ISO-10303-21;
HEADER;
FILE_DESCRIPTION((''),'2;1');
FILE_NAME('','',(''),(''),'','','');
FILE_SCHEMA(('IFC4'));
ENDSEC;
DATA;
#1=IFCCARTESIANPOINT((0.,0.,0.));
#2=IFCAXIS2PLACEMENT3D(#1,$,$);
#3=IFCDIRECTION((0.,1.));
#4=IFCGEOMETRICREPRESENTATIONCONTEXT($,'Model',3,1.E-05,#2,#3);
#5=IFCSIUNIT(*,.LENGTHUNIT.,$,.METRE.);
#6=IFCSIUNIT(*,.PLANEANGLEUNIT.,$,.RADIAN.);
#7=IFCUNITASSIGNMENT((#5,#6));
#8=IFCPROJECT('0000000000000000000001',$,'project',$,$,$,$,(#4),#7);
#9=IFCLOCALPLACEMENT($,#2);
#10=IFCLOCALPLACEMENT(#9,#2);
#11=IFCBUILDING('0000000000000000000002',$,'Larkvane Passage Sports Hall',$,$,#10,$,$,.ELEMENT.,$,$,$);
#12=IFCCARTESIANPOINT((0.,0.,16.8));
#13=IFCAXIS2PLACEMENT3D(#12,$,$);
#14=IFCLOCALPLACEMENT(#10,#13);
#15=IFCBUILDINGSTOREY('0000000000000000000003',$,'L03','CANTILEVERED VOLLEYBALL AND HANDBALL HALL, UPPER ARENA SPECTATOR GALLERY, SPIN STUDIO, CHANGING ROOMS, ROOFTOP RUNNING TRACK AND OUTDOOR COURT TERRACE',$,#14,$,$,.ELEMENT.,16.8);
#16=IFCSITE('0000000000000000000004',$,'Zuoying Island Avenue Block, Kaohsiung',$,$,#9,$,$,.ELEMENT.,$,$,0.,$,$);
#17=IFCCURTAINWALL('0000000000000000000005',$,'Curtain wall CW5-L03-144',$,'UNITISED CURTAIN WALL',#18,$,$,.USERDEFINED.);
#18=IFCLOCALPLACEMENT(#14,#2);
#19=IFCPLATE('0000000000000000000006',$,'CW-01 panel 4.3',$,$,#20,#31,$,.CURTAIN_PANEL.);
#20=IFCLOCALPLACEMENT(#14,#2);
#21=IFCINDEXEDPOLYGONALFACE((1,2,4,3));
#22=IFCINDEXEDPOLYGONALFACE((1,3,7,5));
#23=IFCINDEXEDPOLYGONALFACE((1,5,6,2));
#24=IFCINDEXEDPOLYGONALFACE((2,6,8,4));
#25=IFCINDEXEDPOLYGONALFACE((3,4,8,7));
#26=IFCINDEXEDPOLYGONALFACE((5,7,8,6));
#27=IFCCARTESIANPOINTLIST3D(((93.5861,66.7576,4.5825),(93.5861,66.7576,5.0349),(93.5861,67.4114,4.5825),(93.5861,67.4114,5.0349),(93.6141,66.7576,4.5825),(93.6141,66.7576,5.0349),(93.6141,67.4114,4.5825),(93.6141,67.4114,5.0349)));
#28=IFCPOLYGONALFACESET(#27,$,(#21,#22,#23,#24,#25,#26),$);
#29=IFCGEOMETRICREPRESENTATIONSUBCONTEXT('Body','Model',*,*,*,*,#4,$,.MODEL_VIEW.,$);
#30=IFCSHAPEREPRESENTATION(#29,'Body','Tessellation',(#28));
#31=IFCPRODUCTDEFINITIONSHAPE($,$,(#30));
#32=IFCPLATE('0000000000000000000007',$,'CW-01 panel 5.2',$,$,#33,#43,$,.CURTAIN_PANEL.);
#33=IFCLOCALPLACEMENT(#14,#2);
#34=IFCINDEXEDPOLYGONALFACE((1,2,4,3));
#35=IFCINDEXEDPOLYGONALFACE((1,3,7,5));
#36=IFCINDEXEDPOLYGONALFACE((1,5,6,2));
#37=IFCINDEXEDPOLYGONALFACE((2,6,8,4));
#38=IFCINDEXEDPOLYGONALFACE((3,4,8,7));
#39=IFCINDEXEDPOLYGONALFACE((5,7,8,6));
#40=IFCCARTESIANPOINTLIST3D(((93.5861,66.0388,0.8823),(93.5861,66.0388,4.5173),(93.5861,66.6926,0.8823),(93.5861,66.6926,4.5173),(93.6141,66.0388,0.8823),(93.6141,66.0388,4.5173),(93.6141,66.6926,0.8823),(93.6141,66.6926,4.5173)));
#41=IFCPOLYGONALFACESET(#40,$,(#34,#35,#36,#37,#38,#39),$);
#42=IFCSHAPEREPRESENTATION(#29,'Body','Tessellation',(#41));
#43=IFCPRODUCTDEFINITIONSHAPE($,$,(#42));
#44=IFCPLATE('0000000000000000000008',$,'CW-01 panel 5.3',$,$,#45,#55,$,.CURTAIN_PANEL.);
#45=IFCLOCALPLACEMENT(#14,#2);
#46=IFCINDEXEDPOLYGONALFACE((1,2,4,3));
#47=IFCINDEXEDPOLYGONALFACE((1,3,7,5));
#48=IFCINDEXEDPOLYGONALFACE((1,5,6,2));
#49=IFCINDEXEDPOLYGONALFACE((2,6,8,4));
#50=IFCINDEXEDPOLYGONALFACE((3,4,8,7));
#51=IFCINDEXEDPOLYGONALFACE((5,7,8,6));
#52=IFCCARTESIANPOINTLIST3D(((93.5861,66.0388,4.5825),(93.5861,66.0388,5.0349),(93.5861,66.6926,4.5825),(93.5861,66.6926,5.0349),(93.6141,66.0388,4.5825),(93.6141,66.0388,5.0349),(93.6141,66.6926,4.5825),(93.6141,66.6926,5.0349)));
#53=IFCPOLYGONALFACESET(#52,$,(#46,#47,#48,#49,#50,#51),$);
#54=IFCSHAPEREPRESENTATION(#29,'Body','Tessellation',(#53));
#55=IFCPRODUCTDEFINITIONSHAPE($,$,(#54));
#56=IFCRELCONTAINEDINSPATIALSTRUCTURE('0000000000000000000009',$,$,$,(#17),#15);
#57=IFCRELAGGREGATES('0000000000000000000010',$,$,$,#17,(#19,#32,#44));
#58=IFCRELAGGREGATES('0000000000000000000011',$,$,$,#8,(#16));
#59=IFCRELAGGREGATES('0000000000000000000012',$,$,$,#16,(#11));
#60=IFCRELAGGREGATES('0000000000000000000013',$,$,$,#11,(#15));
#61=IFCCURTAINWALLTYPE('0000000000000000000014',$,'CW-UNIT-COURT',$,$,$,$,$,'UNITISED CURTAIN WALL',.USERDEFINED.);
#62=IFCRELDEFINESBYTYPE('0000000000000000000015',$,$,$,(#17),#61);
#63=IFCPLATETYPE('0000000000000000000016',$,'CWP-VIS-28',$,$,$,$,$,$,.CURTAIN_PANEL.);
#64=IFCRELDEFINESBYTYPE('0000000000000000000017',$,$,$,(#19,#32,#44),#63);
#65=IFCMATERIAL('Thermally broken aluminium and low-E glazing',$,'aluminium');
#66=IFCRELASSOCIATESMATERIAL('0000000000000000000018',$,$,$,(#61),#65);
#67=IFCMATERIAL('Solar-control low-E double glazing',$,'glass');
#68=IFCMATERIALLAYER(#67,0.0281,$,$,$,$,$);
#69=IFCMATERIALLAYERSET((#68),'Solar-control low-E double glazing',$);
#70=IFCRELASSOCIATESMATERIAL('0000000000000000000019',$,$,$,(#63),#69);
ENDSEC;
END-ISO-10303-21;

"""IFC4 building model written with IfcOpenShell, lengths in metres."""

from ifc_helpers import new_model, si_unit, direction, frame, origin, origin_2d, place, context, subcontext, project, spatial, rectangle, extrude, material, layer, layer_set, type_object, element, aggregate, save


model = new_model("IFC4")

# Units and contexts
model_context = context("Model", 3, precision=1e-05, world=origin(), true_north=direction((0.0, 1.0)))
body_context = subcontext(model_context, "Body", "Model", "MODEL_VIEW")
ifc_project = project(units=[si_unit("LENGTHUNIT", "METRE"), si_unit("PLANEANGLEUNIT", "RADIAN")], contexts=[model_context])

# Site, building, storey
site_placement = place(None, origin())
site = spatial("IfcSite", under=ifc_project, at=site_placement, Name="Zuoying Island Avenue Block, Kaohsiung", CompositionType="ELEMENT", RefElevation=0.0)
building_placement = place(site_placement, origin())
building = spatial("IfcBuilding", under=site, at=building_placement, Name="Larkvane Passage Sports Hall", CompositionType="ELEMENT")
storey_placement = place(building_placement, frame((0.0, 0.0, 16.8)))
storey = spatial("IfcBuildingStorey", under=building, at=storey_placement, Name="L03", Description="CANTILEVERED VOLLEYBALL AND HANDBALL HALL, UPPER ARENA SPECTATOR GALLERY, SPIN STUDIO, CHANGING ROOMS, ROOFTOP RUNNING TRACK AND OUTDOOR COURT TERRACE", CompositionType="ELEMENT", Elevation=16.8)

# Curtain wall, plates
ifc_material_1 = material(Name="Thermally broken aluminium and low-E glazing", Category="aluminium")
curtain_wall_type = type_object("IfcCurtainWallType", Name="CW-UNIT-COURT", ElementType="UNITISED CURTAIN WALL", PredefinedType="USERDEFINED", material=ifc_material_1)
curtain_wall_placement = place(storey_placement, origin())
curtain_wall = element("IfcCurtainWall", 1, at=curtain_wall_placement, inside=storey, type_object=curtain_wall_type, Name="Curtain wall CW5-L03-144", ObjectType="UNITISED CURTAIN WALL", PredefinedType="USERDEFINED")
ifc_material_2 = material(Name="Solar-control low-E double glazing", Category="glass")
ifc_layer_1 = layer(ifc_material_2, 0.0281)
ifc_layer_set_1 = layer_set([ifc_layer_1], Name="Solar-control low-E double glazing")
plate_type_1 = type_object("IfcPlateType", Name="CWP-VIS-28", PredefinedType="CURTAIN_PANEL", material=ifc_layer_set_1)
plate_1_placement = place(storey_placement, frame((93.6001, 67.0845, 4.5825), z_axis=(0.0, 0.0, 1.0), x_axis=(0.0, -1.0, 0.0)))
plate_1 = element("IfcPlate", 2, at=plate_1_placement, type_object=plate_type_1, Name="CW-01 panel 4.3", PredefinedType="CURTAIN_PANEL", context=body_context, shape_type="SweptSolid", body=[
    extrude(rectangle(XDim=0.6538, YDim=0.0281, at=origin_2d()), origin(), (0.0, 0.0, 1.0), 0.4524),
])
plate_2_placement = place(storey_placement, frame((93.6001, 66.3657, 0.8823), z_axis=(0.0, 0.0, 1.0), x_axis=(0.0, -1.0, 0.0)))
plate_2 = element("IfcPlate", 3, at=plate_2_placement, type_object=plate_type_1, Name="CW-01 panel 5.2", PredefinedType="CURTAIN_PANEL", context=body_context, shape_type="SweptSolid", body=[
    extrude(rectangle(XDim=0.6538, YDim=0.0281, at=origin_2d()), origin(), (0.0, 0.0, 1.0), 3.635),
])
plate_3_placement = place(storey_placement, frame((93.6001, 66.3657, 4.5825), z_axis=(0.0, 0.0, 1.0), x_axis=(0.0, -1.0, 0.0)))
plate_3 = element("IfcPlate", 4, at=plate_3_placement, type_object=plate_type_1, Name="CW-01 panel 5.3", PredefinedType="CURTAIN_PANEL", context=body_context, shape_type="SweptSolid", body=[
    extrude(rectangle(XDim=0.6538, YDim=0.0281, at=origin_2d()), origin(), (0.0, 0.0, 1.0), 0.4524),
])
aggregate(curtain_wall, [plate_1, plate_2, plate_3])

save(model, "model.ifc")
